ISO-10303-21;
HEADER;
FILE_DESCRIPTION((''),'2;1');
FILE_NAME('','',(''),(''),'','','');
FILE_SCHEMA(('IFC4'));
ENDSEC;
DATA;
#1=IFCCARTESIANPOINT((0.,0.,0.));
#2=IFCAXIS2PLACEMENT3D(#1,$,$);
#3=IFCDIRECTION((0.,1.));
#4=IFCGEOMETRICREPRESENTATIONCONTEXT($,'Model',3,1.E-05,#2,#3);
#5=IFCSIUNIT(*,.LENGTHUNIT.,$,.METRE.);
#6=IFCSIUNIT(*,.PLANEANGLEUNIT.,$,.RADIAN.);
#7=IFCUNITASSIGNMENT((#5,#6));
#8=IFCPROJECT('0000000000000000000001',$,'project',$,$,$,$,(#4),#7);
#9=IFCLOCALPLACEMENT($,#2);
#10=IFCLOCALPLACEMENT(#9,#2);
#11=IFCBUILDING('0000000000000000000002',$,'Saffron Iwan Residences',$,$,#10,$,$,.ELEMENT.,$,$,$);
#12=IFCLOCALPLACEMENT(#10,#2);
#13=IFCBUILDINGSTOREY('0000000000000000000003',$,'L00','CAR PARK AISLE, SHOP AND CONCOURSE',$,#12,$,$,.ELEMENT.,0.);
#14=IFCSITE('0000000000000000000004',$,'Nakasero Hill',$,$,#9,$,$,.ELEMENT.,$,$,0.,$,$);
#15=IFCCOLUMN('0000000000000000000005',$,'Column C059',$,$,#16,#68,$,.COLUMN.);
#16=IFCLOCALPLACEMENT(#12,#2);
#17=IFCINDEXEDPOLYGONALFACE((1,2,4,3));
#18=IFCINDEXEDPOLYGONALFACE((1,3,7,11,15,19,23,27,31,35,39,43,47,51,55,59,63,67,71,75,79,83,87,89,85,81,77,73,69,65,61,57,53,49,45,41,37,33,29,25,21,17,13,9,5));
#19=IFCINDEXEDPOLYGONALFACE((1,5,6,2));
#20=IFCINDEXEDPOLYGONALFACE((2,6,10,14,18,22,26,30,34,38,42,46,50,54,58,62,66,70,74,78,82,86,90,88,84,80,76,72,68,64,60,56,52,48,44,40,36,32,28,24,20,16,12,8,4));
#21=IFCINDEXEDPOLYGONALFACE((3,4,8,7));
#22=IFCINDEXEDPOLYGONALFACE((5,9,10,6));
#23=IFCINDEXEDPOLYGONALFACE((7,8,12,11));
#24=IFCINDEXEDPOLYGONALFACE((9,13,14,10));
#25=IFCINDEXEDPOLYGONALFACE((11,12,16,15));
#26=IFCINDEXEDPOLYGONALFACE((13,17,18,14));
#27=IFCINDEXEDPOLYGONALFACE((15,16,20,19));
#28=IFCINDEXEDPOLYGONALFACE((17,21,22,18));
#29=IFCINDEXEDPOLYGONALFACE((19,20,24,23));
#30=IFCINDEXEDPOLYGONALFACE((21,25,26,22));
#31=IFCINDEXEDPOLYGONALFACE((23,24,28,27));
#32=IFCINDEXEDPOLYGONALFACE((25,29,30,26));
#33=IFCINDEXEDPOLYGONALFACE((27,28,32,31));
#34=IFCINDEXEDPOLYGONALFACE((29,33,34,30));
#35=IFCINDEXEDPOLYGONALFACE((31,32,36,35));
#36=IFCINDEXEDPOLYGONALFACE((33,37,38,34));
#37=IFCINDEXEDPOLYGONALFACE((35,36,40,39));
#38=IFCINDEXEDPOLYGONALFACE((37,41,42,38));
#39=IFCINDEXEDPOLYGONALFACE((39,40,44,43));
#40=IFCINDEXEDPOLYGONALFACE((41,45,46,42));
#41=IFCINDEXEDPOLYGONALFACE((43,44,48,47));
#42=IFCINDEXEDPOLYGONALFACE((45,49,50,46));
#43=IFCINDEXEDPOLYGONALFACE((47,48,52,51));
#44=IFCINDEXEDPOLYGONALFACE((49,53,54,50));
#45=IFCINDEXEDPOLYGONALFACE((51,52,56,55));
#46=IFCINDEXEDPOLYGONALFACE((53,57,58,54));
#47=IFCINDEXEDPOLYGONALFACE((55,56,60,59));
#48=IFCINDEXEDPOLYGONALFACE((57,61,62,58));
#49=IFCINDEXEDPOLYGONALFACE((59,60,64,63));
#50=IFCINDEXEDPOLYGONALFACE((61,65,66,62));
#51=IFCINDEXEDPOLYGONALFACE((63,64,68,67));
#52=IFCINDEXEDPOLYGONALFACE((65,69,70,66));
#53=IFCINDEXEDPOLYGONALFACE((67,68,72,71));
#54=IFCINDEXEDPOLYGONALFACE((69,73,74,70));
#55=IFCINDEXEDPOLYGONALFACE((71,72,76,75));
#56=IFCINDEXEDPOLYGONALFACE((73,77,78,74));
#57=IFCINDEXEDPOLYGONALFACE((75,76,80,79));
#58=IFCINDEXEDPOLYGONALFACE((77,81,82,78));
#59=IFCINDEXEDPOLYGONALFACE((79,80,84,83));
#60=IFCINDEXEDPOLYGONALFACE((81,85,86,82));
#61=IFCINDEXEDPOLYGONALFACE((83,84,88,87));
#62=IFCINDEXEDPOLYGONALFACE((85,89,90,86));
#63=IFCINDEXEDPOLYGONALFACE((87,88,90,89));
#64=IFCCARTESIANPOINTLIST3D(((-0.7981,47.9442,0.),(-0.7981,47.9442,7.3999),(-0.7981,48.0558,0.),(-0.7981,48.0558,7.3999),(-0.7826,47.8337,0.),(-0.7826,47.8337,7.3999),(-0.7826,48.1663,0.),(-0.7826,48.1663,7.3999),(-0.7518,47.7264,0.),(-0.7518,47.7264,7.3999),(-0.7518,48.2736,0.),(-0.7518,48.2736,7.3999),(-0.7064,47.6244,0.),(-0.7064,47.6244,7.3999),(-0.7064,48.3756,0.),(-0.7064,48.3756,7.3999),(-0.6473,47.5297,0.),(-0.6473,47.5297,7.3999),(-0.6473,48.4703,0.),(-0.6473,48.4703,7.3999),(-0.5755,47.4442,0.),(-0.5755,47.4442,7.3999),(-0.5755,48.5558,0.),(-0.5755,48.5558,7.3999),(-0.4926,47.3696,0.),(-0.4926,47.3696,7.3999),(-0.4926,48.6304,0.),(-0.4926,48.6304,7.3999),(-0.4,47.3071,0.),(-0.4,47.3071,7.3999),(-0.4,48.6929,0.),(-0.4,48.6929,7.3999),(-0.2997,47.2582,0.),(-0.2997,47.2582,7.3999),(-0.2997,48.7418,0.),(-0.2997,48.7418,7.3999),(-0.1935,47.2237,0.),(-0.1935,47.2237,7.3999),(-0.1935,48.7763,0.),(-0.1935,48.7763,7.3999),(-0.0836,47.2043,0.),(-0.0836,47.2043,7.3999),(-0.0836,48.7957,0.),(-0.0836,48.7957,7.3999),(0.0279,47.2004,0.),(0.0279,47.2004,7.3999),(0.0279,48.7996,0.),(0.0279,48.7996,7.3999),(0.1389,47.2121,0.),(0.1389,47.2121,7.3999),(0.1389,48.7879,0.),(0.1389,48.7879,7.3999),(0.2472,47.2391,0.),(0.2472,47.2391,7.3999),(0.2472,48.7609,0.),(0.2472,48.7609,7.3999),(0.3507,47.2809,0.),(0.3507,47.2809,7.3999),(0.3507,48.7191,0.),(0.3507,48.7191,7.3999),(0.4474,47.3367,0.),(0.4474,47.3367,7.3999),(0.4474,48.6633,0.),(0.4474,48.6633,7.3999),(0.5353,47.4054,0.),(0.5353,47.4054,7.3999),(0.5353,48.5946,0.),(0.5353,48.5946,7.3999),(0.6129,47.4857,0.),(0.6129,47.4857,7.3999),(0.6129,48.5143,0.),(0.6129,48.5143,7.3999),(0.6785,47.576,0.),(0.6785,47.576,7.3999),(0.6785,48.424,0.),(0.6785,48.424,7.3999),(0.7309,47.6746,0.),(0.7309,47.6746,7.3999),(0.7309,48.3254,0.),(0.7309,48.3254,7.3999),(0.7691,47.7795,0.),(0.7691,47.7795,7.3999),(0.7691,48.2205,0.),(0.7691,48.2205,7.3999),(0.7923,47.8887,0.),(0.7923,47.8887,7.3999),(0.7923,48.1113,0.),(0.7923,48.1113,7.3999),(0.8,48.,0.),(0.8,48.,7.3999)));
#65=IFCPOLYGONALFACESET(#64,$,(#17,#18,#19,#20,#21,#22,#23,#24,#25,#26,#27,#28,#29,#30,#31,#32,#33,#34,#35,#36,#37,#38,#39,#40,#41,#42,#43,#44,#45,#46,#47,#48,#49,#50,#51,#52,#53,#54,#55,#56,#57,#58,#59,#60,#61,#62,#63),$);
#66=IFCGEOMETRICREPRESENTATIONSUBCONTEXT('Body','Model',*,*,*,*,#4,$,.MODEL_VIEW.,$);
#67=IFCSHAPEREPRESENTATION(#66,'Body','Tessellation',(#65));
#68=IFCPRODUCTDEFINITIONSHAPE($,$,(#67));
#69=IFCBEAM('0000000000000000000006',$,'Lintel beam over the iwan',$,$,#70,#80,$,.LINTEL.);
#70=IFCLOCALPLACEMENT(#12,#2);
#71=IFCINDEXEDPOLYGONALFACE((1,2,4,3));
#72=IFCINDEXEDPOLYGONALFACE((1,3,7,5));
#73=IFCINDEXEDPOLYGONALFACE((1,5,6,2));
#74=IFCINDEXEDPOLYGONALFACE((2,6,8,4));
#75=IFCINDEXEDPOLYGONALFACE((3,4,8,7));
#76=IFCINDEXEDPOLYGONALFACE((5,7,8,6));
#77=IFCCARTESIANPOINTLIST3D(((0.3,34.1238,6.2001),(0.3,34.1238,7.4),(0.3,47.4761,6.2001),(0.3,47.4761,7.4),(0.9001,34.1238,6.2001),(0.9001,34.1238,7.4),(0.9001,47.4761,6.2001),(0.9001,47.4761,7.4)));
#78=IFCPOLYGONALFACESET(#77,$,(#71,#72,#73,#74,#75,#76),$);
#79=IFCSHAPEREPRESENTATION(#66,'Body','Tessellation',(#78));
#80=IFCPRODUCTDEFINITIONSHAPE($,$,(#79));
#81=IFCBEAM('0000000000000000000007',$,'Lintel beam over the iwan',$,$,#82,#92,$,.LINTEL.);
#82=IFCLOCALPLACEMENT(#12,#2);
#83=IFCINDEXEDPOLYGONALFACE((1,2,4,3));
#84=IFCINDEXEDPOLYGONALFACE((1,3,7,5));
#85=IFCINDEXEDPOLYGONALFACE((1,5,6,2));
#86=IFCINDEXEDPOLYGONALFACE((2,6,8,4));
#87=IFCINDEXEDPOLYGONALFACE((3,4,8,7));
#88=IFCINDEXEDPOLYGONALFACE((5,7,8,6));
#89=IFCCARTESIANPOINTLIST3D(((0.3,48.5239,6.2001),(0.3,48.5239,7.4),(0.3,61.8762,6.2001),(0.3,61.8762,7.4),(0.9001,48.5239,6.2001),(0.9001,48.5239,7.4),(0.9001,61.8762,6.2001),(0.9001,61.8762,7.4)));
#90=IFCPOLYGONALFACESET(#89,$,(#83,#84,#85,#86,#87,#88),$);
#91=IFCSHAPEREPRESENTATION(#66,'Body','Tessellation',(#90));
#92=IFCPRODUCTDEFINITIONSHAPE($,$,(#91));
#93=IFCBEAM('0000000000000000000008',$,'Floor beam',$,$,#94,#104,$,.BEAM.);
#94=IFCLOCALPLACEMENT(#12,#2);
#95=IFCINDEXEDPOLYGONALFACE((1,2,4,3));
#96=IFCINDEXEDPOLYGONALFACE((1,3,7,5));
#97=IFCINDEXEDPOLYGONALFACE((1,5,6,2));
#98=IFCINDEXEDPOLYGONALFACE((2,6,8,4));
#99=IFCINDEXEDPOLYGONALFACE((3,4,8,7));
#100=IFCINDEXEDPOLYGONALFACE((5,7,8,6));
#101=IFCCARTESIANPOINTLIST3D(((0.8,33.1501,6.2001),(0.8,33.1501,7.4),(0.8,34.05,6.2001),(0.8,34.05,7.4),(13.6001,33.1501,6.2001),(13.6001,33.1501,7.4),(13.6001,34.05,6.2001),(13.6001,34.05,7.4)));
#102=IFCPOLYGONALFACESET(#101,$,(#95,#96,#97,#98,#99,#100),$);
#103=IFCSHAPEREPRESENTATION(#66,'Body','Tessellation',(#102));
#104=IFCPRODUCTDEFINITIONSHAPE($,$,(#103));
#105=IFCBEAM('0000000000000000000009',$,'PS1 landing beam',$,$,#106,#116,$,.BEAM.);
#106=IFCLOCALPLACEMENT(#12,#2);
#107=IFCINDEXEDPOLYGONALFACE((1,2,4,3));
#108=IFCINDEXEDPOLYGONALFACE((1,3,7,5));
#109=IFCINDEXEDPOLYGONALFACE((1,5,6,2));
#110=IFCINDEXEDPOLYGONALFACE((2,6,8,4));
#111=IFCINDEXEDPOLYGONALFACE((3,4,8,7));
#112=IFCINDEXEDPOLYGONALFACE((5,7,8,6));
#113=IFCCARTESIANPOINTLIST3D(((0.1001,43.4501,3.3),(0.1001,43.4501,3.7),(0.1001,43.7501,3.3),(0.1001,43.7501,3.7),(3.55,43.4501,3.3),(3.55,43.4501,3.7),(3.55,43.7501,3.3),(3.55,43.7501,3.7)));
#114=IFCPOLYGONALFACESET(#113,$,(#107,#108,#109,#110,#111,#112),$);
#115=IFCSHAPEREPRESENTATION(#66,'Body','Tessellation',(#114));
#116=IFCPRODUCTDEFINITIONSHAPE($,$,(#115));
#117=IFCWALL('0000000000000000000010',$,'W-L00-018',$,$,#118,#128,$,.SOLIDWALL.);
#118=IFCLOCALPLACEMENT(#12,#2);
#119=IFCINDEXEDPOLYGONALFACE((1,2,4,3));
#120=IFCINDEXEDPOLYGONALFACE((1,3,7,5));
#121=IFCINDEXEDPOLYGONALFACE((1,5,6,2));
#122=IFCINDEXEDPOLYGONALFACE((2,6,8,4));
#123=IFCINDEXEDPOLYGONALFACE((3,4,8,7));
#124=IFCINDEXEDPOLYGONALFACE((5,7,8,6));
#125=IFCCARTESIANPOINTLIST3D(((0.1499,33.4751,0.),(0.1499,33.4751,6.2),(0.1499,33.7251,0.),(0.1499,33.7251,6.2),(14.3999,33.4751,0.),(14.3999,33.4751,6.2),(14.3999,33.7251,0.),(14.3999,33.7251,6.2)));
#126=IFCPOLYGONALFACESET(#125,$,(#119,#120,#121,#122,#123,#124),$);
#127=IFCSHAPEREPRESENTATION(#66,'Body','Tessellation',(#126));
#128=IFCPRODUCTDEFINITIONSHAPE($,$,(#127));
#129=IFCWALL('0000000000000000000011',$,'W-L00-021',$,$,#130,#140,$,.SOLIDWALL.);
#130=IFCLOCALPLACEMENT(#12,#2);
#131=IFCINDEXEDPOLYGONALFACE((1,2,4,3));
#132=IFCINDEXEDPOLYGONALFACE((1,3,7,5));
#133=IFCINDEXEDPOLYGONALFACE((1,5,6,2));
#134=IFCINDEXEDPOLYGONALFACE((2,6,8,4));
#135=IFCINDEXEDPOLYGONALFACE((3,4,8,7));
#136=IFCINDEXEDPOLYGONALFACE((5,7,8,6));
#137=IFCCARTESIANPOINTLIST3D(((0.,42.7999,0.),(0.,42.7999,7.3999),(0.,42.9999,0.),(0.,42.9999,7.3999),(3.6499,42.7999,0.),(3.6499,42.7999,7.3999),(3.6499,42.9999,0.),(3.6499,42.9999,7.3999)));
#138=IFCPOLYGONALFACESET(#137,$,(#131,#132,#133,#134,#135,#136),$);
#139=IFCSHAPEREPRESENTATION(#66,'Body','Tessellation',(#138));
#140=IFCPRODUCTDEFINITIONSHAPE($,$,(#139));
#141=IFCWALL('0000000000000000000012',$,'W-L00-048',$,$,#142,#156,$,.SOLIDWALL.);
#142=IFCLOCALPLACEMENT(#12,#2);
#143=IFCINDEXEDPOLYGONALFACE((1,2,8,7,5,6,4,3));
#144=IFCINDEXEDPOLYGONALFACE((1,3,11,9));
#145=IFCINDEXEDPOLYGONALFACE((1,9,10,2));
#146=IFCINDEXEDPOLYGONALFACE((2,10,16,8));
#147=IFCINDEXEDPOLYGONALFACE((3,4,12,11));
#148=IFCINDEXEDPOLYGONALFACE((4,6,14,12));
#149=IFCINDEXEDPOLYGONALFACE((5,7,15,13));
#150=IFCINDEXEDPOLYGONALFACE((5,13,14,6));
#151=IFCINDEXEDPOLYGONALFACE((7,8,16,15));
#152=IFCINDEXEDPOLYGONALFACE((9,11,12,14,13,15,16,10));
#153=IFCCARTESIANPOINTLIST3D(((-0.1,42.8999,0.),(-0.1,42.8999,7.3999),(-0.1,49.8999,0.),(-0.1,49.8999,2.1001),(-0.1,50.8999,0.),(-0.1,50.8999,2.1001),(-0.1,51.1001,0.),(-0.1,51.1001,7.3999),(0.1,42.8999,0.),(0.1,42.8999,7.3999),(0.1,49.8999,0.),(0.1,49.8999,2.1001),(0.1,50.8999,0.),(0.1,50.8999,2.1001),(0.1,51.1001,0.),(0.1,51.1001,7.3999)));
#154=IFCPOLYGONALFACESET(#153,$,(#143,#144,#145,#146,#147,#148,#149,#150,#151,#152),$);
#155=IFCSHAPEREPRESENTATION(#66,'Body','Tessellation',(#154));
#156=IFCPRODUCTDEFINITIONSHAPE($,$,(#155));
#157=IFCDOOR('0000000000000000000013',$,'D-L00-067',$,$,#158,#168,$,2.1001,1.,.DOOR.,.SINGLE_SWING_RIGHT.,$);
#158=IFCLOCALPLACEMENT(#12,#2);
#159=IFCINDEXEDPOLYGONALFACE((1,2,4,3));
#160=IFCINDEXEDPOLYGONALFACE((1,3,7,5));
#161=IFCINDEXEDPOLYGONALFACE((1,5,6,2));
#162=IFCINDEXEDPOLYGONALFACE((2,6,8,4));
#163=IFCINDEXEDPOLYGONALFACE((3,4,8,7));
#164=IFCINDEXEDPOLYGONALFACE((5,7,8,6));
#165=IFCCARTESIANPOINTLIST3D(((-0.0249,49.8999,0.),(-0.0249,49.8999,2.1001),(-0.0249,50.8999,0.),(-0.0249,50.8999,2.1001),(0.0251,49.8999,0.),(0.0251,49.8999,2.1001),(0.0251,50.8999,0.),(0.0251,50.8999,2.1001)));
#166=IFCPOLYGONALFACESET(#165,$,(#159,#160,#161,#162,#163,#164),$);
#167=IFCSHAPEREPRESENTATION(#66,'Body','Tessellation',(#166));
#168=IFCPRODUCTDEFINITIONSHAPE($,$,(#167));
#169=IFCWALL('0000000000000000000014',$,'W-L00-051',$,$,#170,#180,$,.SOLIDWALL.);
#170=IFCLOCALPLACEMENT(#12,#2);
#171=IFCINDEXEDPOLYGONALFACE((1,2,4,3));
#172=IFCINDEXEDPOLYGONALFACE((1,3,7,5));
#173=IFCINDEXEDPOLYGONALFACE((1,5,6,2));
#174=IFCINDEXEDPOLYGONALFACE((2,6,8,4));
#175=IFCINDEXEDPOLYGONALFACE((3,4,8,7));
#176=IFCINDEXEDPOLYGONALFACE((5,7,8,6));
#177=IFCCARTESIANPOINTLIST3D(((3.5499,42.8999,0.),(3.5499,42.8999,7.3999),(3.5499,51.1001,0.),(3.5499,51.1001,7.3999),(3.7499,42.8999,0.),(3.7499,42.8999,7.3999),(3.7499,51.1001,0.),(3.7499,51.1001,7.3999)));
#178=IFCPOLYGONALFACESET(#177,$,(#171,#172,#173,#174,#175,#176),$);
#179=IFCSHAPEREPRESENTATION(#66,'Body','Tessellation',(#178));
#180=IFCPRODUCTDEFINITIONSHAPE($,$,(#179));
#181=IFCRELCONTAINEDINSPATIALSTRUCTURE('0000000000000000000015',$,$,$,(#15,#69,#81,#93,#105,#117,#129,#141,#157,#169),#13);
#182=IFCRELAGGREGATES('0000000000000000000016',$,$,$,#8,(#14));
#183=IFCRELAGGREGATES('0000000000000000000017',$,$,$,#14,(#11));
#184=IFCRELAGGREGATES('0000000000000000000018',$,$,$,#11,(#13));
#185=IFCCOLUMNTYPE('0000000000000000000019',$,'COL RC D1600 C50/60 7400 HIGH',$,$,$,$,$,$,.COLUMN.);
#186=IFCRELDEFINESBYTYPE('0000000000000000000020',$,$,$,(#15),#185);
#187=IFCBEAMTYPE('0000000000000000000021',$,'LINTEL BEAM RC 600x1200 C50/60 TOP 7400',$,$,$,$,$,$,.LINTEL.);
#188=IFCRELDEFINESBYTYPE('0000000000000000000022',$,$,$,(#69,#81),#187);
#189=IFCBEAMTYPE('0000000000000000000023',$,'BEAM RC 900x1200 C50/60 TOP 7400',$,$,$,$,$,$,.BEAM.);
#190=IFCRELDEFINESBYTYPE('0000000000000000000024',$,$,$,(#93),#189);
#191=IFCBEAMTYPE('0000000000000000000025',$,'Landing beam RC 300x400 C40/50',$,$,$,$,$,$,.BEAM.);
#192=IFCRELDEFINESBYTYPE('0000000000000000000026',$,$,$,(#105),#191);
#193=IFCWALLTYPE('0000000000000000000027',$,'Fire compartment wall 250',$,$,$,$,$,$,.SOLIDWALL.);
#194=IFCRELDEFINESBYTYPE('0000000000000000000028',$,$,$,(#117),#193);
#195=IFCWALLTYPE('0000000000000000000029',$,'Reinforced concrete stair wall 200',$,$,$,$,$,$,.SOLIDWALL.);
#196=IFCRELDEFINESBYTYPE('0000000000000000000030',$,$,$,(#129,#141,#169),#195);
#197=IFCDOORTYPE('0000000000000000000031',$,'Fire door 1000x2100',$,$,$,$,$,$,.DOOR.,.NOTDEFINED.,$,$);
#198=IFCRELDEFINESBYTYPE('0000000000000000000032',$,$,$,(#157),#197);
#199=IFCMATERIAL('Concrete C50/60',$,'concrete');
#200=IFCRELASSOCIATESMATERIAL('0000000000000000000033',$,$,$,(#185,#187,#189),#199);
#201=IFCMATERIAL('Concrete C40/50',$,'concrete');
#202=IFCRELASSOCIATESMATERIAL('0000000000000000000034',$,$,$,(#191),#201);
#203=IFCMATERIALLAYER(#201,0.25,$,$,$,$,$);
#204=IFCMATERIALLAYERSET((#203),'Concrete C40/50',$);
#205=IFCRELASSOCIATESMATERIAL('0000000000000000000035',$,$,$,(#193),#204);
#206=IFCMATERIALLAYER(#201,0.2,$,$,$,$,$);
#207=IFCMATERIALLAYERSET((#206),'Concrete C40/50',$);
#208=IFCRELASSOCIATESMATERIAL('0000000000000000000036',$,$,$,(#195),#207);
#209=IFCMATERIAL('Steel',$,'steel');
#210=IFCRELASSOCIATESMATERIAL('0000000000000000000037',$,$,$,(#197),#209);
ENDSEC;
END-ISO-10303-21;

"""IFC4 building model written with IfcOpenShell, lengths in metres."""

from ifc_helpers import new_model, si_unit, direction, frame, frame_2d, origin, origin_2d, place, context, subcontext, project, spatial, rectangle, circle, extrude, source, transform, mapped, material, layer, layer_set, material_profile, profile_set, type_object, element, fill, save


model = new_model("IFC4")

# Units and contexts
model_context = context("Model", 3, precision=1e-05, world=origin(), true_north=direction((0.0, 1.0)))
body_context = subcontext(model_context, "Body", "Model", "MODEL_VIEW")
ifc_project = project(units=[si_unit("LENGTHUNIT", "METRE"), si_unit("PLANEANGLEUNIT", "RADIAN")], contexts=[model_context])

# Site, building, storey
site_placement = place(None, origin())
site = spatial("IfcSite", under=ifc_project, at=site_placement, Name="Nakasero Hill", CompositionType="ELEMENT", RefElevation=0.0)
building_placement = place(site_placement, origin())
building = spatial("IfcBuilding", under=site, at=building_placement, Name="Saffron Iwan Residences", CompositionType="ELEMENT")
storey_placement = place(building_placement, origin())
storey = spatial("IfcBuildingStorey", under=building, at=storey_placement, Name="L00", Description="CAR PARK AISLE, SHOP AND CONCOURSE", CompositionType="ELEMENT", Elevation=0.0)

# Column
ifc_material_1 = material(Name="Concrete C50/60", Category="concrete")
ifc_material_profile_1 = material_profile(ifc_material_1, circle(Radius=0.8, at=origin_2d()), Name="RC D1600")
ifc_profile_set_1 = profile_set([ifc_material_profile_1], Name="Concrete C50/60")
column_type = type_object("IfcColumnType", Name="COL RC D1600 C50/60 7400 HIGH", PredefinedType="COLUMN", material=ifc_profile_set_1)
shared_shape_1 = source(origin(), body_context, "Body", "SweptSolid", [
    extrude(circle(Radius=0.8, at=origin_2d()), origin(), (0.0, 0.0, 1.0), 7.3999),
])
column_placement = place(storey_placement, frame((0.0, 48.0, 0.0), z_axis=(0.0, 0.0, 1.0), x_axis=(1.0, 0.0, 0.0)))
element("IfcColumn", 1, at=column_placement, inside=storey, type_object=column_type, Name="Column C059", PredefinedType="COLUMN", context=body_context, shape_type="MappedRepresentation", body=[
    mapped(shared_shape_1, transform((0.0, 0.0, 0.0))),
])

# Beams
ifc_material_profile_2 = material_profile(ifc_material_1, rectangle(XDim=0.6001, YDim=1.2, at=origin_2d()), Name="RC 600x1200")
ifc_profile_set_2 = profile_set([ifc_material_profile_2], Name="Concrete C50/60")
beam_type_1 = type_object("IfcBeamType", Name="LINTEL BEAM RC 600x1200 C50/60 TOP 7400", PredefinedType="LINTEL", material=ifc_profile_set_2)
shared_shape_2 = source(origin(), body_context, "Body", "SweptSolid", [
    extrude(rectangle(XDim=0.6001, YDim=1.2, at=origin_2d()), origin(), (0.0, 0.0, 1.0), 13.3523),
])
for number, where, z_axis, x_axis, name in (
    (2, (0.6001, 34.1238, 6.8), (0.0, 1.0, 0.0), (-1.0, 0.0, 0.0), "Lintel beam over the iwan"),
    (3, (0.6001, 48.5239, 6.8), (0.0, 1.0, 0.0), (-1.0, 0.0, 0.0), "Lintel beam over the iwan"),
):
    element("IfcBeam", number, at=place(storey_placement, frame(where, z_axis=z_axis, x_axis=x_axis)), inside=storey, type_object=beam_type_1, Name=name, PredefinedType="LINTEL", context=body_context, shape_type="MappedRepresentation", body=[
        mapped(shared_shape_2, transform((0.0, 0.0, 0.0))),
    ])
ifc_material_profile_3 = material_profile(ifc_material_1, rectangle(XDim=0.8999, YDim=1.2, at=origin_2d()), Name="RC 900x1200")
ifc_profile_set_3 = profile_set([ifc_material_profile_3], Name="Concrete C50/60")
beam_type_2 = type_object("IfcBeamType", Name="BEAM RC 900x1200 C50/60 TOP 7400", PredefinedType="BEAM", material=ifc_profile_set_3)
shared_shape_3 = source(origin(), body_context, "Body", "SweptSolid", [
    extrude(rectangle(XDim=0.8999, YDim=1.2, at=origin_2d()), origin(), (0.0, 0.0, 1.0), 12.8),
])
beam_1_placement = place(storey_placement, frame((0.8, 33.6001, 6.8), z_axis=(1.0, 0.0, 0.0), x_axis=(0.0, 1.0, 0.0)))
element("IfcBeam", 4, at=beam_1_placement, inside=storey, type_object=beam_type_2, Name="Floor beam", PredefinedType="BEAM", context=body_context, shape_type="MappedRepresentation", body=[
    mapped(shared_shape_3, transform((0.0, 0.0, 0.0))),
])
ifc_material_2 = material(Name="Concrete C40/50", Category="concrete")
ifc_material_profile_4 = material_profile(ifc_material_2, rectangle(XDim=0.3, YDim=0.3999, at=origin_2d()), Name="Landing beam RC 300x400 C40/50")
ifc_profile_set_4 = profile_set([ifc_material_profile_4], Name="Concrete C40/50")
beam_type_3 = type_object("IfcBeamType", Name="Landing beam RC 300x400 C40/50", PredefinedType="BEAM", material=ifc_profile_set_4)
shared_shape_4 = source(origin(), body_context, "Body", "SweptSolid", [
    extrude(rectangle(XDim=0.3, YDim=0.3999, at=origin_2d()), origin(), (0.0, 0.0, 1.0), 3.45),
])
beam_2_placement = place(storey_placement, frame((0.1001, 43.6001, 3.5), z_axis=(1.0, 0.0, 0.0), x_axis=(0.0, 1.0, 0.0)))
element("IfcBeam", 5, at=beam_2_placement, inside=storey, type_object=beam_type_3, Name="PS1 landing beam", PredefinedType="BEAM", context=body_context, shape_type="MappedRepresentation", body=[
    mapped(shared_shape_4, transform((0.0, 0.0, 0.0))),
])

# Walls
ifc_layer_1 = layer(ifc_material_2, 0.25)
ifc_layer_set_1 = layer_set([ifc_layer_1], Name="Concrete C40/50")
wall_type_1 = type_object("IfcWallType", Name="Fire compartment wall 250", PredefinedType="SOLIDWALL", material=ifc_layer_set_1)
wall_1_placement = place(storey_placement, frame((0.1499, 33.6001, 0.0), z_axis=(0.0, 0.0, 1.0), x_axis=(1.0, 0.0, 0.0)))
element("IfcWall", 6, at=wall_1_placement, inside=storey, type_object=wall_type_1, Name="W-L00-018", PredefinedType="SOLIDWALL", context=body_context, shape_type="SweptSolid", body=[
    extrude(rectangle(XDim=14.25, YDim=0.25, at=frame_2d((7.125, 0.0))), origin(), (0.0, 0.0, 1.0), 6.2),
])
ifc_layer_2 = layer(ifc_material_2, 0.2)
ifc_layer_set_2 = layer_set([ifc_layer_2], Name="Concrete C40/50")
wall_type_2 = type_object("IfcWallType", Name="Reinforced concrete stair wall 200", PredefinedType="SOLIDWALL", material=ifc_layer_set_2)
wall_2_placement = place(storey_placement, frame((0.0, 42.8999, 0.0), z_axis=(0.0, 0.0, 1.0), x_axis=(1.0, 0.0, 0.0)))
element("IfcWall", 7, at=wall_2_placement, inside=storey, type_object=wall_type_2, Name="W-L00-021", PredefinedType="SOLIDWALL", context=body_context, shape_type="SweptSolid", body=[
    extrude(rectangle(XDim=3.6499, YDim=0.2, at=frame_2d((1.825, 0.0))), origin(), (0.0, 0.0, 1.0), 7.3999),
])

# Wall, opening, door
wall_3_placement = place(storey_placement, frame((0.0, 42.8999, 0.0), z_axis=(0.0, 0.0, 1.0), x_axis=(0.0, 1.0, 0.0)))
wall_3 = element("IfcWall", 8, at=wall_3_placement, inside=storey, type_object=wall_type_2, Name="W-L00-048", PredefinedType="SOLIDWALL", context=body_context, shape_type="SweptSolid", body=[
    extrude(rectangle(XDim=8.2002, YDim=0.2, at=frame_2d((4.1001, 0.0))), origin(), (0.0, 0.0, 1.0), 7.3999),
])
opening_placement = place(wall_3_placement, frame((7.0, 0.0, 0.0)))
opening = element("IfcOpeningElement", 9, at=opening_placement, cuts=wall_3, PredefinedType="OPENING", context=body_context, shape_type="SweptSolid", body=[
    extrude(rectangle(XDim=1.0, YDim=2.1001, at=frame_2d((0.5, 1.05))), frame((0.0, 0.1099, 0.0), z_axis=(0.0, -1.0, 0.0), x_axis=(1.0, 0.0, 0.0)), (0.0, 0.0, 1.0), 0.22),
])
ifc_material_3 = material(Name="Steel", Category="steel")
door_type = type_object("IfcDoorType", Name="Fire door 1000x2100", OperationType="NOTDEFINED", PredefinedType="DOOR", material=ifc_material_3)
door_placement = place(opening_placement, origin())
door = element("IfcDoor", 10, at=door_placement, inside=storey, type_object=door_type, Name="D-L00-067", OperationType="SINGLE_SWING_RIGHT", OverallHeight=2.1001, OverallWidth=1.0, PredefinedType="DOOR", context=body_context, shape_type="SweptSolid", body=[
    extrude(rectangle(XDim=1.0, YDim=2.1001, at=frame_2d((0.5, 1.05))), frame((0.0, 0.0249, 0.0), z_axis=(0.0, -1.0, 0.0), x_axis=(1.0, 0.0, 0.0)), (0.0, 0.0, 1.0), 0.05),
])
fill(opening, door)

# Wall
wall_4_placement = place(storey_placement, frame((3.6499, 42.8999, 0.0), z_axis=(0.0, 0.0, 1.0), x_axis=(0.0, 1.0, 0.0)))
element("IfcWall", 11, at=wall_4_placement, inside=storey, type_object=wall_type_2, Name="W-L00-051", PredefinedType="SOLIDWALL", context=body_context, shape_type="SweptSolid", body=[
    extrude(rectangle(XDim=8.2002, YDim=0.2, at=frame_2d((4.1001, 0.0))), origin(), (0.0, 0.0, 1.0), 7.3999),
])

save(model, "model.ifc")
